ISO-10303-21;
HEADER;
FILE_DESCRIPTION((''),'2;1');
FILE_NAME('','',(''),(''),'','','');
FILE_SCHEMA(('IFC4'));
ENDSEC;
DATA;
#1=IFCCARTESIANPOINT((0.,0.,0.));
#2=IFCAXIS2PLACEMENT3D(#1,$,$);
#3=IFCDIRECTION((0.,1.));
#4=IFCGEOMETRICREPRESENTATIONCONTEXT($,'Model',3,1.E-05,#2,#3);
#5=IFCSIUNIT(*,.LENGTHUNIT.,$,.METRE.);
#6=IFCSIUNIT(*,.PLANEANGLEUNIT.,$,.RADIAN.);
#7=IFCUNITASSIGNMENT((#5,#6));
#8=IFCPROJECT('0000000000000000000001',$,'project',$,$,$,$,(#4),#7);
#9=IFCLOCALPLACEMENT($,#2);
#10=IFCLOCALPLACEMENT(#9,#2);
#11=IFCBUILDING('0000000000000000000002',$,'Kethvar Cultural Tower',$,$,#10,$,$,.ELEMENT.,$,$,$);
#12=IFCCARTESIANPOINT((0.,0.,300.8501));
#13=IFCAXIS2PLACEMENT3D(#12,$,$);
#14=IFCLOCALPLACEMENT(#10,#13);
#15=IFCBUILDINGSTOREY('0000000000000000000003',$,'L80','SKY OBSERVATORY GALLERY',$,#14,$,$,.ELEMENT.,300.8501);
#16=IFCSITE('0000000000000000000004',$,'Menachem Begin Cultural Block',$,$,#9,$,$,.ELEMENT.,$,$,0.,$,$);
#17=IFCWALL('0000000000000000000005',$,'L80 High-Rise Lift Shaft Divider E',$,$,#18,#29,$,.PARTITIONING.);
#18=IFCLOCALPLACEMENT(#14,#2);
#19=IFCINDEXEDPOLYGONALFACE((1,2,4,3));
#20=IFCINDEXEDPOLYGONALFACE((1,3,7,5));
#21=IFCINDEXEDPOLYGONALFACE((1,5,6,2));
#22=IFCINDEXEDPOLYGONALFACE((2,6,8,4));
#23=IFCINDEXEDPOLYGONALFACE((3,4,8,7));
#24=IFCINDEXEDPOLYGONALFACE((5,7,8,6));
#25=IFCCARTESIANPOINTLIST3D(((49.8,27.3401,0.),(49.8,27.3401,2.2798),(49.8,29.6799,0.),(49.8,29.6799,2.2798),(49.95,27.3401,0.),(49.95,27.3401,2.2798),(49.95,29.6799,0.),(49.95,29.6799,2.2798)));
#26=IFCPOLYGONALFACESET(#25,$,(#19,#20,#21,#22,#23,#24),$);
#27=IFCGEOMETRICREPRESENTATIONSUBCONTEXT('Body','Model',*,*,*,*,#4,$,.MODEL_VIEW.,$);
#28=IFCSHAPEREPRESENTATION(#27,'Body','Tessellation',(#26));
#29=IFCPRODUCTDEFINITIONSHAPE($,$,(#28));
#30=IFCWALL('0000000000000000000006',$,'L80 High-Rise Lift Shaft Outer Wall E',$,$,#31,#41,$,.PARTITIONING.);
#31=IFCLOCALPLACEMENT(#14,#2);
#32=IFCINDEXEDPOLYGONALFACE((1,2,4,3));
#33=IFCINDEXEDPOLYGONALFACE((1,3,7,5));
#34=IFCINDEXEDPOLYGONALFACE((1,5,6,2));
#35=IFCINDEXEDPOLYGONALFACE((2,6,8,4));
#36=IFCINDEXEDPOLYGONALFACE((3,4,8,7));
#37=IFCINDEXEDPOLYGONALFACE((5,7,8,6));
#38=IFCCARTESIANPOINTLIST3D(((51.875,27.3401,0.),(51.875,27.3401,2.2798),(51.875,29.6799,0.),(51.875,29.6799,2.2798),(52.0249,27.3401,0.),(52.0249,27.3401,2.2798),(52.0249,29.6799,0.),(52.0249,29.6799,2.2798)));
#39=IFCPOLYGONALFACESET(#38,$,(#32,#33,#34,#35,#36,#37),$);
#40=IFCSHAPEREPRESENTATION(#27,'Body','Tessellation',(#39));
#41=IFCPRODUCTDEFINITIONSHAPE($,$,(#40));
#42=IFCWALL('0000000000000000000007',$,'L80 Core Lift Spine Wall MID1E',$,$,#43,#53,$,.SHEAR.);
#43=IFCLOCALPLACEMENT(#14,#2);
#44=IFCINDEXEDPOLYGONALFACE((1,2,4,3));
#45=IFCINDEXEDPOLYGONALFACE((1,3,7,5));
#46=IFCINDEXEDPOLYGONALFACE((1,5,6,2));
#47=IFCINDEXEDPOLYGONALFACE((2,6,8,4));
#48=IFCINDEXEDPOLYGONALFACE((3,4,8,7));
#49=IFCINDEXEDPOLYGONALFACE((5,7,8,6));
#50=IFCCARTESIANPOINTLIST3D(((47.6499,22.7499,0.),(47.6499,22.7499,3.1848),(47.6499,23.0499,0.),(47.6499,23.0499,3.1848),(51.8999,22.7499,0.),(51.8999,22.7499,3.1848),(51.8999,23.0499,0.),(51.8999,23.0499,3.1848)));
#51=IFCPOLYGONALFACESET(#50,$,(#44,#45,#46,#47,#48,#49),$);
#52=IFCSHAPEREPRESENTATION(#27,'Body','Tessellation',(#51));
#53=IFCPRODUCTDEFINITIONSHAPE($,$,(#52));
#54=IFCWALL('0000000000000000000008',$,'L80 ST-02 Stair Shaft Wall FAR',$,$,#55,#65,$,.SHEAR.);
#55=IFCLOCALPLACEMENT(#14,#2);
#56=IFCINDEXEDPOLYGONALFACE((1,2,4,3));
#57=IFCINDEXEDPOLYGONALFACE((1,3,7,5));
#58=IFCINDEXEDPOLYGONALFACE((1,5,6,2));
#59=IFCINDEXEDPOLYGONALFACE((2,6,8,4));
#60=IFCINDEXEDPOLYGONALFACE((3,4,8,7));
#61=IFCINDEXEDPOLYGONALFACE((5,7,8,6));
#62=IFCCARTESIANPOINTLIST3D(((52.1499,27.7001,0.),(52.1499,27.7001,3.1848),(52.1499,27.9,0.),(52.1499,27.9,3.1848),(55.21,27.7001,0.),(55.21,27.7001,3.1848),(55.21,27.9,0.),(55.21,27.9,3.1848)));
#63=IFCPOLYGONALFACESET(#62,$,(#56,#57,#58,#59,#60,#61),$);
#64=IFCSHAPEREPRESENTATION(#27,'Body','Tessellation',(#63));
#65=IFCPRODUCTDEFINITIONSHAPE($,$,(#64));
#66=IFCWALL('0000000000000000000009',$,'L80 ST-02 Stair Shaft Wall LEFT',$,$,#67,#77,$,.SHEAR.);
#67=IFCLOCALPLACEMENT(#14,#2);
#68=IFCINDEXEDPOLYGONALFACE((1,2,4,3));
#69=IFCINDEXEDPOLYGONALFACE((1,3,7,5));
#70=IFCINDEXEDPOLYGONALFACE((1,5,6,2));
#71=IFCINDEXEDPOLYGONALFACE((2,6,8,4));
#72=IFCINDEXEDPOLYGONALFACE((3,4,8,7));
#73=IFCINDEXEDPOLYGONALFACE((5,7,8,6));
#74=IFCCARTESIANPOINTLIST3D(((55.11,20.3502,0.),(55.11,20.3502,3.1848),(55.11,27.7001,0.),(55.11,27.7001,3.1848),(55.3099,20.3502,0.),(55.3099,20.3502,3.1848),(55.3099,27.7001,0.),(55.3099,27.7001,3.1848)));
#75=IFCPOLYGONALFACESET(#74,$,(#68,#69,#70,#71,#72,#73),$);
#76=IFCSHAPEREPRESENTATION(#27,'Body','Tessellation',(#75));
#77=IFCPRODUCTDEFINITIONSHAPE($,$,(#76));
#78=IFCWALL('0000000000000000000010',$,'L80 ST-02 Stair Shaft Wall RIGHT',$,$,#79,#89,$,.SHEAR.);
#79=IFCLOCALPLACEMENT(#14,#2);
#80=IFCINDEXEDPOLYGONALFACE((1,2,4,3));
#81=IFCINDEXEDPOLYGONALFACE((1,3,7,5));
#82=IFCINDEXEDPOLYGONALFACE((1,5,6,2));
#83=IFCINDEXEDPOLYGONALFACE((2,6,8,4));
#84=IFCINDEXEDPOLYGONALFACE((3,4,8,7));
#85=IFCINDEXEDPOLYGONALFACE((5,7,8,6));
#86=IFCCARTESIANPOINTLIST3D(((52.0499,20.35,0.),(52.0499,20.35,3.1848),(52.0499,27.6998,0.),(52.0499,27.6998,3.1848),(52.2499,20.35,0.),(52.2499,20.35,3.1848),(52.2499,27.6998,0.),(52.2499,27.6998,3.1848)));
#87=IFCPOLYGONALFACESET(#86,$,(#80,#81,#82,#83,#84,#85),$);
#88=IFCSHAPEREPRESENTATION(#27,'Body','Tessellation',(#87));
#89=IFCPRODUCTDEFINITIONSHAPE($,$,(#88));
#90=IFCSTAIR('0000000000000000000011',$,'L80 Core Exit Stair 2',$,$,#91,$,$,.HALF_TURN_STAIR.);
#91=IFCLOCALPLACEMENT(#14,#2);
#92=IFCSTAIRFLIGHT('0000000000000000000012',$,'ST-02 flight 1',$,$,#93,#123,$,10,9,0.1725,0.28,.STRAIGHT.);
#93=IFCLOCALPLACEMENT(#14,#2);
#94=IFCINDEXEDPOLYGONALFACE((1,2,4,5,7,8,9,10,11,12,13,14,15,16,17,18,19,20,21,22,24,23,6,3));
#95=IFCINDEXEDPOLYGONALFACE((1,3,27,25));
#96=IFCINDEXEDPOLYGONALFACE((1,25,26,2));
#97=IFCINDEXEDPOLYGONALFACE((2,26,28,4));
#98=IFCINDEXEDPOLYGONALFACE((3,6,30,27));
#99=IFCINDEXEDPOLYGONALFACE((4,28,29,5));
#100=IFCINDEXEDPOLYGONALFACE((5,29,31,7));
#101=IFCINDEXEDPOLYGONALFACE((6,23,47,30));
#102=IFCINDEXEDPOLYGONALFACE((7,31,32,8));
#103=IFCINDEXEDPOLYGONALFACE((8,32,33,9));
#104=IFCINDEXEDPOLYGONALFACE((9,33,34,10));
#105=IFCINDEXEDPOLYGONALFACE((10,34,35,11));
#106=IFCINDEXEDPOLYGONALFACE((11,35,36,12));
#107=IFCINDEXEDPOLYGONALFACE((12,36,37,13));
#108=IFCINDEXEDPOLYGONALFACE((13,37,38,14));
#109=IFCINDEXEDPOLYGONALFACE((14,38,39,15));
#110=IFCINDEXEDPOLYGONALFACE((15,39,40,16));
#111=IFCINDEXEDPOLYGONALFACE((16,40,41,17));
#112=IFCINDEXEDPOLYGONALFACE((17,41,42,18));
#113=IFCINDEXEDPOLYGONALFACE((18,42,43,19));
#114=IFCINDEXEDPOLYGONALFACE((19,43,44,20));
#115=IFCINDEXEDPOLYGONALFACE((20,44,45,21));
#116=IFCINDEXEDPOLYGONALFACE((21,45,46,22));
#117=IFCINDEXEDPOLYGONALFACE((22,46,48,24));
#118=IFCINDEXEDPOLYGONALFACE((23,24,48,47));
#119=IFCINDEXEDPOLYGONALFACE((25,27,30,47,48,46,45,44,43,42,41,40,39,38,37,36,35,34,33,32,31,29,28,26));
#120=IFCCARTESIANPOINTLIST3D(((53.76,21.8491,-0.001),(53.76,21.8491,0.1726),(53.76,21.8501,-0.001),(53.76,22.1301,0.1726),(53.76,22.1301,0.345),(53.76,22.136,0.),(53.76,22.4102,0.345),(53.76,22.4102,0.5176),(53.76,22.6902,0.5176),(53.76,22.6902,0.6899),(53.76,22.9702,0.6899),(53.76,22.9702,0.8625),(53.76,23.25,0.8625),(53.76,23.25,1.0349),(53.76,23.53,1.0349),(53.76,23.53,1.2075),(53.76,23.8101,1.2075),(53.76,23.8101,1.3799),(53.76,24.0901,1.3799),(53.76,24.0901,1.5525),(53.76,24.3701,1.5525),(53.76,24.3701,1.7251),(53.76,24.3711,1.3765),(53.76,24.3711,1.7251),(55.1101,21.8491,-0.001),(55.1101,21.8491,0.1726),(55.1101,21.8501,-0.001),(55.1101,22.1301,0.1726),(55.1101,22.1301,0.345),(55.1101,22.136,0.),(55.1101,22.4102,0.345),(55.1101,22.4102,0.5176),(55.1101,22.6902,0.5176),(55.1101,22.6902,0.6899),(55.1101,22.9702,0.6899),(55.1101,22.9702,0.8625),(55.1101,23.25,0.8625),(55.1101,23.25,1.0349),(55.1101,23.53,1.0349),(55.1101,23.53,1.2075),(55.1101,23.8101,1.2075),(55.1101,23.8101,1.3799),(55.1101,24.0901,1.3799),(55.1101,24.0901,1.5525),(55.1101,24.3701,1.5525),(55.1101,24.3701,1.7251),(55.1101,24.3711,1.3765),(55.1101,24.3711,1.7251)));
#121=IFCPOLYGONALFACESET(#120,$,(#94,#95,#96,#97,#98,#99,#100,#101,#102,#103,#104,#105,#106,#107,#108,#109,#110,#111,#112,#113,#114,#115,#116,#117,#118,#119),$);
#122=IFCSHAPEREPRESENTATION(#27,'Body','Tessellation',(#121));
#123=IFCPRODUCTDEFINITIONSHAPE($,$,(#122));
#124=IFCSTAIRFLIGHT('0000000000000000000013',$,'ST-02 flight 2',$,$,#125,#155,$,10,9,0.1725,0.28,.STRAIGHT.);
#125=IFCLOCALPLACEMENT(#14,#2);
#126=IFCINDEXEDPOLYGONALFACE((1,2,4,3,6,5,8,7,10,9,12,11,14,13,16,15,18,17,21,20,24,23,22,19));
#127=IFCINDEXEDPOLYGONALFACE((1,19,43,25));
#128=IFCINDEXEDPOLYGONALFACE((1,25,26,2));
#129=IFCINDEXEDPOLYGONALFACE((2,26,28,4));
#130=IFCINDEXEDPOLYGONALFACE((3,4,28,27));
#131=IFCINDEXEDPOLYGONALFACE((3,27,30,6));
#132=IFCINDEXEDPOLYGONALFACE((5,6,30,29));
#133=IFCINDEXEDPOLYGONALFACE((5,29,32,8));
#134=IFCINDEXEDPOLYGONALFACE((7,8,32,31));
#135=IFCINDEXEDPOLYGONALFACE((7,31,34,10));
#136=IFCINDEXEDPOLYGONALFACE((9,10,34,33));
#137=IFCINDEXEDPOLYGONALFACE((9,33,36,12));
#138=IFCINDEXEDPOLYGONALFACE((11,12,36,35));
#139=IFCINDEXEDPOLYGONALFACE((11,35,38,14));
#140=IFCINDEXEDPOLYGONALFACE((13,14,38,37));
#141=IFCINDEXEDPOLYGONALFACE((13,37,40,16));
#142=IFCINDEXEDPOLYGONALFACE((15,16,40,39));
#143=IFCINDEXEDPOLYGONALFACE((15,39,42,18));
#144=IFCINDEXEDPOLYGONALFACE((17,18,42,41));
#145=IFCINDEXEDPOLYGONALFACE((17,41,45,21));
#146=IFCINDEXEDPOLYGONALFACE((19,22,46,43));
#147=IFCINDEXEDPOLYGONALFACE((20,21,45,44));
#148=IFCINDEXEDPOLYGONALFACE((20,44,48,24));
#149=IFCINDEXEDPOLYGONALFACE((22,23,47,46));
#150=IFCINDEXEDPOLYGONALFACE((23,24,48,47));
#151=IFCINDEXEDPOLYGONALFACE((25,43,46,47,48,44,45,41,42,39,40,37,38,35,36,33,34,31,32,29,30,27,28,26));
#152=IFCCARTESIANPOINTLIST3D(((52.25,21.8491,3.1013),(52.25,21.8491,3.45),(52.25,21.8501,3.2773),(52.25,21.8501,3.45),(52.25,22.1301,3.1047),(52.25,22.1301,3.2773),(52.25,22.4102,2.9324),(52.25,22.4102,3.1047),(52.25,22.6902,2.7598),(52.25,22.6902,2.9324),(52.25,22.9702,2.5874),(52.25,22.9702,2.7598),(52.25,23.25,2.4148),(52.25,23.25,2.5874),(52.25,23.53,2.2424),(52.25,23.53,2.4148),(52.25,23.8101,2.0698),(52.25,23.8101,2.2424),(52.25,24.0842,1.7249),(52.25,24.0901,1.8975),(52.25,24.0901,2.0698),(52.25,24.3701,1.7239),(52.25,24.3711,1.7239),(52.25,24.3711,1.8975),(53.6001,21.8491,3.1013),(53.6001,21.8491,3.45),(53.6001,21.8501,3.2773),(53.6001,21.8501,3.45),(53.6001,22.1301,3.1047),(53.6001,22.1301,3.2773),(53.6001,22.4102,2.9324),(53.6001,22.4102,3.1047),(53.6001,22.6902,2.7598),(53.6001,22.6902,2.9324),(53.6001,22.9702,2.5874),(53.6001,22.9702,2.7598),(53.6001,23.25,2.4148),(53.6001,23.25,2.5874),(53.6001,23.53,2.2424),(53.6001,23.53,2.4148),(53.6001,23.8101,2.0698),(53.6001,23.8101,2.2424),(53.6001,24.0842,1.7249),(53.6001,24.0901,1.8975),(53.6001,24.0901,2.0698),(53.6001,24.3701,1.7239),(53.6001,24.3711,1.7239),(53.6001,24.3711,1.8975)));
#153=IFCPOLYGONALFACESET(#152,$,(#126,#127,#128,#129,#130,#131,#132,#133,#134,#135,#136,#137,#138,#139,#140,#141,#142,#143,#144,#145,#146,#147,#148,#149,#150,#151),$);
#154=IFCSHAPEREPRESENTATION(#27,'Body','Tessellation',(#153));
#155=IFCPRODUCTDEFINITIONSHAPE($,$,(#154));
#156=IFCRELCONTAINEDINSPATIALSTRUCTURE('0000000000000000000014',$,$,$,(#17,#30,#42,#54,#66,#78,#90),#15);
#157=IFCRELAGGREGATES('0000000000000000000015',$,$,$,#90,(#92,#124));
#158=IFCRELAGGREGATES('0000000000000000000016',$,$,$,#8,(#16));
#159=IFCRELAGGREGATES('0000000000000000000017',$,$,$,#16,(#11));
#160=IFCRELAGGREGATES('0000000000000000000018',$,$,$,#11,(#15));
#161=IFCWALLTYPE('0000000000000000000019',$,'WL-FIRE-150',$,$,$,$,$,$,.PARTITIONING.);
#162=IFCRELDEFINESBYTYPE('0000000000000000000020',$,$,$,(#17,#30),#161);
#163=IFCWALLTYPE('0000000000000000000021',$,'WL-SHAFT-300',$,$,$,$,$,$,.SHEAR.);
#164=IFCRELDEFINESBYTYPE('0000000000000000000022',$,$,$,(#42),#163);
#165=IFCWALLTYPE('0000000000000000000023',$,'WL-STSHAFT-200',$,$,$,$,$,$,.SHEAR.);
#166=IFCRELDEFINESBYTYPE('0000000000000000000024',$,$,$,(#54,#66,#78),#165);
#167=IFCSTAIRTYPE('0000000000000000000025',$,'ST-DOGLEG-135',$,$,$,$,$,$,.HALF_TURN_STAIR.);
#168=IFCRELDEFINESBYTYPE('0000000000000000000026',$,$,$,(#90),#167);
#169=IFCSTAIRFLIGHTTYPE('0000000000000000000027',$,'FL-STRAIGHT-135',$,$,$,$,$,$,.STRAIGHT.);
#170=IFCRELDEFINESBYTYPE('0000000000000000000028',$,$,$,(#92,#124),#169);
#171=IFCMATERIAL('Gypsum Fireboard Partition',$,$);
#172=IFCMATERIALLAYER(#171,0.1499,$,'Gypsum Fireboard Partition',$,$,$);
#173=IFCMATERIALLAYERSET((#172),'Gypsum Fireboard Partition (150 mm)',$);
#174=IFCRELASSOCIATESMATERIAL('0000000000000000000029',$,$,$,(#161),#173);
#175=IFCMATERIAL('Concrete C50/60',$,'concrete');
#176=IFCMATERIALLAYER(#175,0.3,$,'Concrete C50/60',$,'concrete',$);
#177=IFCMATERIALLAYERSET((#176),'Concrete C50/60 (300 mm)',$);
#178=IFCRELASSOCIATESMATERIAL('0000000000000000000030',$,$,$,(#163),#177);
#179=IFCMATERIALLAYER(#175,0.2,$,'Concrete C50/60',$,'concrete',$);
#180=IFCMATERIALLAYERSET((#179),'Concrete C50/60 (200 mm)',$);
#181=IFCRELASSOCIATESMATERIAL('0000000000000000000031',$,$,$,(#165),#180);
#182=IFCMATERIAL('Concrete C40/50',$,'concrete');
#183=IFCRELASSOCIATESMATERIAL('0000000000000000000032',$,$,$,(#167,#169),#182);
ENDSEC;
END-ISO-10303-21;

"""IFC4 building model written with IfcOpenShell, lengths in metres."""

from ifc_helpers import new_model, si_unit, direction, frame, frame_2d, origin, place, context, subcontext, project, spatial, polyline, rectangle, outline, extrude, material, layer, layer_set, type_object, element, aggregate, save


model = new_model("IFC4")

# Units and contexts
model_context = context("Model", 3, precision=1e-05, world=origin(), true_north=direction((0.0, 1.0)))
body_context = subcontext(model_context, "Body", "Model", "MODEL_VIEW")
ifc_project = project(units=[si_unit("LENGTHUNIT", "METRE"), si_unit("PLANEANGLEUNIT", "RADIAN")], contexts=[model_context])

# Site, building, storey
site_placement = place(None, origin())
site = spatial("IfcSite", under=ifc_project, at=site_placement, Name="Menachem Begin Cultural Block", CompositionType="ELEMENT", RefElevation=0.0)
building_placement = place(site_placement, origin())
building = spatial("IfcBuilding", under=site, at=building_placement, Name="Kethvar Cultural Tower", CompositionType="ELEMENT")
storey_placement = place(building_placement, frame((0.0, 0.0, 300.8501)))
storey = spatial("IfcBuildingStorey", under=building, at=storey_placement, Name="L80", Description="SKY OBSERVATORY GALLERY", CompositionType="ELEMENT", Elevation=300.8501)

# Shared definitions
ifc_material_1 = material(Name="Concrete C50/60", Category="concrete")

# Shared definitions
ifc_material_2 = material(Name="Gypsum Fireboard Partition")
ifc_layer_1 = layer(ifc_material_2, 0.1499, Name="Gypsum Fireboard Partition")
ifc_layer_set_1 = layer_set([ifc_layer_1], Name="Gypsum Fireboard Partition (150 mm)")
wall_type_1 = type_object("IfcWallType", Name="WL-FIRE-150", PredefinedType="PARTITIONING", material=ifc_layer_set_1)

# Walls
for number, where, z_axis, x_axis, name in (
    (1, (49.875, 27.3401, 0.0), (0.0, 0.0, 1.0), (0.0, 1.0, 0.0), "L80 High-Rise Lift Shaft Divider E"),
    (2, (51.95, 27.3401, 0.0), (0.0, 0.0, 1.0), (0.0, 1.0, 0.0), "L80 High-Rise Lift Shaft Outer Wall E"),
):
    element("IfcWall", number, at=place(storey_placement, frame(where, z_axis=z_axis, x_axis=x_axis)), inside=storey, type_object=wall_type_1, Name=name, PredefinedType="PARTITIONING", context=body_context, shape_type="SweptSolid", body=[
        extrude(rectangle(XDim=2.3398, YDim=0.1499, at=frame_2d((1.1699, 0.0))), origin(), (0.0, 0.0, 1.0), 2.2798),
    ])
ifc_layer_2 = layer(ifc_material_1, 0.3, Name="Concrete C50/60", Category="concrete")
ifc_layer_set_2 = layer_set([ifc_layer_2], Name="Concrete C50/60 (300 mm)")
wall_type_2 = type_object("IfcWallType", Name="WL-SHAFT-300", PredefinedType="SHEAR", material=ifc_layer_set_2)
wall_1_placement = place(storey_placement, frame((47.6499, 22.8999, 0.0), z_axis=(0.0, 0.0, 1.0), x_axis=(1.0, 0.0, 0.0)))
element("IfcWall", 3, at=wall_1_placement, inside=storey, type_object=wall_type_2, Name="L80 Core Lift Spine Wall MID1E", PredefinedType="SHEAR", context=body_context, shape_type="SweptSolid", body=[
    extrude(rectangle(XDim=4.25, YDim=0.3, at=frame_2d((2.125, 0.0))), origin(), (0.0, 0.0, 1.0), 3.1848),
])

# Walls
ifc_layer_3 = layer(ifc_material_1, 0.2, Name="Concrete C50/60", Category="concrete")
ifc_layer_set_3 = layer_set([ifc_layer_3], Name="Concrete C50/60 (200 mm)")
wall_type_3 = type_object("IfcWallType", Name="WL-STSHAFT-200", PredefinedType="SHEAR", material=ifc_layer_set_3)
wall_2_placement = place(storey_placement, frame((52.1499, 27.8, 0.0), z_axis=(0.0, 0.0, 1.0), x_axis=(1.0, 0.0, 0.0)))
element("IfcWall", 4, at=wall_2_placement, inside=storey, type_object=wall_type_3, Name="L80 ST-02 Stair Shaft Wall FAR", PredefinedType="SHEAR", context=body_context, shape_type="SweptSolid", body=[
    extrude(rectangle(XDim=3.0601, YDim=0.2, at=frame_2d((1.53, 0.0))), origin(), (0.0, 0.0, 1.0), 3.1848),
])
for number, where, z_axis, x_axis, name in (
    (5, (55.21, 27.7, 0.0), (0.0, 0.0, 1.0), (0.0, -1.0, 0.0), "L80 ST-02 Stair Shaft Wall LEFT"),
    (6, (52.1499, 20.3501, 0.0), (0.0, 0.0, 1.0), (0.0, 1.0, 0.0), "L80 ST-02 Stair Shaft Wall RIGHT"),
):
    element("IfcWall", number, at=place(storey_placement, frame(where, z_axis=z_axis, x_axis=x_axis)), inside=storey, type_object=wall_type_3, Name=name, PredefinedType="SHEAR", context=body_context, shape_type="SweptSolid", body=[
        extrude(rectangle(XDim=7.3499, YDim=0.2, at=frame_2d((3.6748, 0.0))), origin(), (0.0, 0.0, 1.0), 3.1848),
    ])

# Stair, stair flights
ifc_material_3 = material(Name="Concrete C40/50", Category="concrete")
stair_type = type_object("IfcStairType", Name="ST-DOGLEG-135", PredefinedType="HALF_TURN_STAIR", material=ifc_material_3)
stair_placement = place(storey_placement, origin())
stair = element("IfcStair", 7, at=stair_placement, inside=storey, type_object=stair_type, Name="L80 Core Exit Stair 2", PredefinedType="HALF_TURN_STAIR")
stair_flight_type = type_object("IfcStairFlightType", Name="FL-STRAIGHT-135", PredefinedType="STRAIGHT", material=ifc_material_3)
stair_flight_1_placement = place(storey_placement, frame((54.4351, 21.8501, 0.0), z_axis=(0.0, 0.0, 1.0), x_axis=(0.0, 1.0, 0.0)))
stair_flight_1 = element("IfcStairFlight", 8, at=stair_flight_1_placement, type_object=stair_flight_type, Name="ST-02 flight 1", NumberOfRisers=10, NumberOfTreads=9, PredefinedType="STRAIGHT", RiserHeight=0.1725, TreadLength=0.28, context=body_context, shape_type="SweptSolid", body=[
    extrude(outline(polyline([(-0.001, -0.001), (-0.001, 0.1726), (0.28, 0.1726), (0.28, 0.345), (0.5601, 0.345), (0.5601, 0.5176), (0.8401, 0.5176), (0.8401, 0.6899), (1.1201, 0.6899), (1.1201, 0.8625), (1.3999, 0.8625), (1.3999, 1.0349), (1.6799, 1.0349), (1.6799, 1.2075), (1.96, 1.2075), (1.96, 1.3799), (2.24, 1.3799), (2.24, 1.5525), (2.52, 1.5525), (2.52, 1.7251), (2.521, 1.7251), (2.521, 1.3765), (0.2859, 0.0), (0.0, -0.001), (-0.001, -0.001)])), frame((0.0, 0.675, 0.0), z_axis=(0.0, -1.0, 0.0), x_axis=(1.0, 0.0, 0.0)), (0.0, 0.0, 1.0), 1.3501),
])
stair_flight_2_placement = place(storey_placement, frame((52.925, 24.3701, 1.7249), z_axis=(0.0, 0.0, 1.0), x_axis=(0.0, -1.0, 0.0)))
stair_flight_2 = element("IfcStairFlight", 9, at=stair_flight_2_placement, type_object=stair_flight_type, Name="ST-02 flight 2", NumberOfRisers=10, NumberOfTreads=9, PredefinedType="STRAIGHT", RiserHeight=0.1725, TreadLength=0.28, context=body_context, shape_type="SweptSolid", body=[
    extrude(outline(polyline([(-0.001, -0.001), (-0.001, 0.1726), (0.28, 0.1726), (0.28, 0.345), (0.5601, 0.345), (0.5601, 0.5176), (0.8401, 0.5176), (0.8401, 0.6899), (1.1201, 0.6899), (1.1201, 0.8625), (1.3999, 0.8625), (1.3999, 1.0349), (1.6799, 1.0349), (1.6799, 1.2075), (1.96, 1.2075), (1.96, 1.3799), (2.24, 1.3799), (2.24, 1.5525), (2.52, 1.5525), (2.52, 1.7251), (2.521, 1.7251), (2.521, 1.3765), (0.2859, 0.0), (0.0, -0.001), (-0.001, -0.001)])), frame((0.0, 0.675, 0.0), z_axis=(0.0, -1.0, 0.0), x_axis=(1.0, 0.0, 0.0)), (0.0, 0.0, 1.0), 1.3501),
])
aggregate(stair, [stair_flight_1, stair_flight_2])

save(model, "model.ifc")
